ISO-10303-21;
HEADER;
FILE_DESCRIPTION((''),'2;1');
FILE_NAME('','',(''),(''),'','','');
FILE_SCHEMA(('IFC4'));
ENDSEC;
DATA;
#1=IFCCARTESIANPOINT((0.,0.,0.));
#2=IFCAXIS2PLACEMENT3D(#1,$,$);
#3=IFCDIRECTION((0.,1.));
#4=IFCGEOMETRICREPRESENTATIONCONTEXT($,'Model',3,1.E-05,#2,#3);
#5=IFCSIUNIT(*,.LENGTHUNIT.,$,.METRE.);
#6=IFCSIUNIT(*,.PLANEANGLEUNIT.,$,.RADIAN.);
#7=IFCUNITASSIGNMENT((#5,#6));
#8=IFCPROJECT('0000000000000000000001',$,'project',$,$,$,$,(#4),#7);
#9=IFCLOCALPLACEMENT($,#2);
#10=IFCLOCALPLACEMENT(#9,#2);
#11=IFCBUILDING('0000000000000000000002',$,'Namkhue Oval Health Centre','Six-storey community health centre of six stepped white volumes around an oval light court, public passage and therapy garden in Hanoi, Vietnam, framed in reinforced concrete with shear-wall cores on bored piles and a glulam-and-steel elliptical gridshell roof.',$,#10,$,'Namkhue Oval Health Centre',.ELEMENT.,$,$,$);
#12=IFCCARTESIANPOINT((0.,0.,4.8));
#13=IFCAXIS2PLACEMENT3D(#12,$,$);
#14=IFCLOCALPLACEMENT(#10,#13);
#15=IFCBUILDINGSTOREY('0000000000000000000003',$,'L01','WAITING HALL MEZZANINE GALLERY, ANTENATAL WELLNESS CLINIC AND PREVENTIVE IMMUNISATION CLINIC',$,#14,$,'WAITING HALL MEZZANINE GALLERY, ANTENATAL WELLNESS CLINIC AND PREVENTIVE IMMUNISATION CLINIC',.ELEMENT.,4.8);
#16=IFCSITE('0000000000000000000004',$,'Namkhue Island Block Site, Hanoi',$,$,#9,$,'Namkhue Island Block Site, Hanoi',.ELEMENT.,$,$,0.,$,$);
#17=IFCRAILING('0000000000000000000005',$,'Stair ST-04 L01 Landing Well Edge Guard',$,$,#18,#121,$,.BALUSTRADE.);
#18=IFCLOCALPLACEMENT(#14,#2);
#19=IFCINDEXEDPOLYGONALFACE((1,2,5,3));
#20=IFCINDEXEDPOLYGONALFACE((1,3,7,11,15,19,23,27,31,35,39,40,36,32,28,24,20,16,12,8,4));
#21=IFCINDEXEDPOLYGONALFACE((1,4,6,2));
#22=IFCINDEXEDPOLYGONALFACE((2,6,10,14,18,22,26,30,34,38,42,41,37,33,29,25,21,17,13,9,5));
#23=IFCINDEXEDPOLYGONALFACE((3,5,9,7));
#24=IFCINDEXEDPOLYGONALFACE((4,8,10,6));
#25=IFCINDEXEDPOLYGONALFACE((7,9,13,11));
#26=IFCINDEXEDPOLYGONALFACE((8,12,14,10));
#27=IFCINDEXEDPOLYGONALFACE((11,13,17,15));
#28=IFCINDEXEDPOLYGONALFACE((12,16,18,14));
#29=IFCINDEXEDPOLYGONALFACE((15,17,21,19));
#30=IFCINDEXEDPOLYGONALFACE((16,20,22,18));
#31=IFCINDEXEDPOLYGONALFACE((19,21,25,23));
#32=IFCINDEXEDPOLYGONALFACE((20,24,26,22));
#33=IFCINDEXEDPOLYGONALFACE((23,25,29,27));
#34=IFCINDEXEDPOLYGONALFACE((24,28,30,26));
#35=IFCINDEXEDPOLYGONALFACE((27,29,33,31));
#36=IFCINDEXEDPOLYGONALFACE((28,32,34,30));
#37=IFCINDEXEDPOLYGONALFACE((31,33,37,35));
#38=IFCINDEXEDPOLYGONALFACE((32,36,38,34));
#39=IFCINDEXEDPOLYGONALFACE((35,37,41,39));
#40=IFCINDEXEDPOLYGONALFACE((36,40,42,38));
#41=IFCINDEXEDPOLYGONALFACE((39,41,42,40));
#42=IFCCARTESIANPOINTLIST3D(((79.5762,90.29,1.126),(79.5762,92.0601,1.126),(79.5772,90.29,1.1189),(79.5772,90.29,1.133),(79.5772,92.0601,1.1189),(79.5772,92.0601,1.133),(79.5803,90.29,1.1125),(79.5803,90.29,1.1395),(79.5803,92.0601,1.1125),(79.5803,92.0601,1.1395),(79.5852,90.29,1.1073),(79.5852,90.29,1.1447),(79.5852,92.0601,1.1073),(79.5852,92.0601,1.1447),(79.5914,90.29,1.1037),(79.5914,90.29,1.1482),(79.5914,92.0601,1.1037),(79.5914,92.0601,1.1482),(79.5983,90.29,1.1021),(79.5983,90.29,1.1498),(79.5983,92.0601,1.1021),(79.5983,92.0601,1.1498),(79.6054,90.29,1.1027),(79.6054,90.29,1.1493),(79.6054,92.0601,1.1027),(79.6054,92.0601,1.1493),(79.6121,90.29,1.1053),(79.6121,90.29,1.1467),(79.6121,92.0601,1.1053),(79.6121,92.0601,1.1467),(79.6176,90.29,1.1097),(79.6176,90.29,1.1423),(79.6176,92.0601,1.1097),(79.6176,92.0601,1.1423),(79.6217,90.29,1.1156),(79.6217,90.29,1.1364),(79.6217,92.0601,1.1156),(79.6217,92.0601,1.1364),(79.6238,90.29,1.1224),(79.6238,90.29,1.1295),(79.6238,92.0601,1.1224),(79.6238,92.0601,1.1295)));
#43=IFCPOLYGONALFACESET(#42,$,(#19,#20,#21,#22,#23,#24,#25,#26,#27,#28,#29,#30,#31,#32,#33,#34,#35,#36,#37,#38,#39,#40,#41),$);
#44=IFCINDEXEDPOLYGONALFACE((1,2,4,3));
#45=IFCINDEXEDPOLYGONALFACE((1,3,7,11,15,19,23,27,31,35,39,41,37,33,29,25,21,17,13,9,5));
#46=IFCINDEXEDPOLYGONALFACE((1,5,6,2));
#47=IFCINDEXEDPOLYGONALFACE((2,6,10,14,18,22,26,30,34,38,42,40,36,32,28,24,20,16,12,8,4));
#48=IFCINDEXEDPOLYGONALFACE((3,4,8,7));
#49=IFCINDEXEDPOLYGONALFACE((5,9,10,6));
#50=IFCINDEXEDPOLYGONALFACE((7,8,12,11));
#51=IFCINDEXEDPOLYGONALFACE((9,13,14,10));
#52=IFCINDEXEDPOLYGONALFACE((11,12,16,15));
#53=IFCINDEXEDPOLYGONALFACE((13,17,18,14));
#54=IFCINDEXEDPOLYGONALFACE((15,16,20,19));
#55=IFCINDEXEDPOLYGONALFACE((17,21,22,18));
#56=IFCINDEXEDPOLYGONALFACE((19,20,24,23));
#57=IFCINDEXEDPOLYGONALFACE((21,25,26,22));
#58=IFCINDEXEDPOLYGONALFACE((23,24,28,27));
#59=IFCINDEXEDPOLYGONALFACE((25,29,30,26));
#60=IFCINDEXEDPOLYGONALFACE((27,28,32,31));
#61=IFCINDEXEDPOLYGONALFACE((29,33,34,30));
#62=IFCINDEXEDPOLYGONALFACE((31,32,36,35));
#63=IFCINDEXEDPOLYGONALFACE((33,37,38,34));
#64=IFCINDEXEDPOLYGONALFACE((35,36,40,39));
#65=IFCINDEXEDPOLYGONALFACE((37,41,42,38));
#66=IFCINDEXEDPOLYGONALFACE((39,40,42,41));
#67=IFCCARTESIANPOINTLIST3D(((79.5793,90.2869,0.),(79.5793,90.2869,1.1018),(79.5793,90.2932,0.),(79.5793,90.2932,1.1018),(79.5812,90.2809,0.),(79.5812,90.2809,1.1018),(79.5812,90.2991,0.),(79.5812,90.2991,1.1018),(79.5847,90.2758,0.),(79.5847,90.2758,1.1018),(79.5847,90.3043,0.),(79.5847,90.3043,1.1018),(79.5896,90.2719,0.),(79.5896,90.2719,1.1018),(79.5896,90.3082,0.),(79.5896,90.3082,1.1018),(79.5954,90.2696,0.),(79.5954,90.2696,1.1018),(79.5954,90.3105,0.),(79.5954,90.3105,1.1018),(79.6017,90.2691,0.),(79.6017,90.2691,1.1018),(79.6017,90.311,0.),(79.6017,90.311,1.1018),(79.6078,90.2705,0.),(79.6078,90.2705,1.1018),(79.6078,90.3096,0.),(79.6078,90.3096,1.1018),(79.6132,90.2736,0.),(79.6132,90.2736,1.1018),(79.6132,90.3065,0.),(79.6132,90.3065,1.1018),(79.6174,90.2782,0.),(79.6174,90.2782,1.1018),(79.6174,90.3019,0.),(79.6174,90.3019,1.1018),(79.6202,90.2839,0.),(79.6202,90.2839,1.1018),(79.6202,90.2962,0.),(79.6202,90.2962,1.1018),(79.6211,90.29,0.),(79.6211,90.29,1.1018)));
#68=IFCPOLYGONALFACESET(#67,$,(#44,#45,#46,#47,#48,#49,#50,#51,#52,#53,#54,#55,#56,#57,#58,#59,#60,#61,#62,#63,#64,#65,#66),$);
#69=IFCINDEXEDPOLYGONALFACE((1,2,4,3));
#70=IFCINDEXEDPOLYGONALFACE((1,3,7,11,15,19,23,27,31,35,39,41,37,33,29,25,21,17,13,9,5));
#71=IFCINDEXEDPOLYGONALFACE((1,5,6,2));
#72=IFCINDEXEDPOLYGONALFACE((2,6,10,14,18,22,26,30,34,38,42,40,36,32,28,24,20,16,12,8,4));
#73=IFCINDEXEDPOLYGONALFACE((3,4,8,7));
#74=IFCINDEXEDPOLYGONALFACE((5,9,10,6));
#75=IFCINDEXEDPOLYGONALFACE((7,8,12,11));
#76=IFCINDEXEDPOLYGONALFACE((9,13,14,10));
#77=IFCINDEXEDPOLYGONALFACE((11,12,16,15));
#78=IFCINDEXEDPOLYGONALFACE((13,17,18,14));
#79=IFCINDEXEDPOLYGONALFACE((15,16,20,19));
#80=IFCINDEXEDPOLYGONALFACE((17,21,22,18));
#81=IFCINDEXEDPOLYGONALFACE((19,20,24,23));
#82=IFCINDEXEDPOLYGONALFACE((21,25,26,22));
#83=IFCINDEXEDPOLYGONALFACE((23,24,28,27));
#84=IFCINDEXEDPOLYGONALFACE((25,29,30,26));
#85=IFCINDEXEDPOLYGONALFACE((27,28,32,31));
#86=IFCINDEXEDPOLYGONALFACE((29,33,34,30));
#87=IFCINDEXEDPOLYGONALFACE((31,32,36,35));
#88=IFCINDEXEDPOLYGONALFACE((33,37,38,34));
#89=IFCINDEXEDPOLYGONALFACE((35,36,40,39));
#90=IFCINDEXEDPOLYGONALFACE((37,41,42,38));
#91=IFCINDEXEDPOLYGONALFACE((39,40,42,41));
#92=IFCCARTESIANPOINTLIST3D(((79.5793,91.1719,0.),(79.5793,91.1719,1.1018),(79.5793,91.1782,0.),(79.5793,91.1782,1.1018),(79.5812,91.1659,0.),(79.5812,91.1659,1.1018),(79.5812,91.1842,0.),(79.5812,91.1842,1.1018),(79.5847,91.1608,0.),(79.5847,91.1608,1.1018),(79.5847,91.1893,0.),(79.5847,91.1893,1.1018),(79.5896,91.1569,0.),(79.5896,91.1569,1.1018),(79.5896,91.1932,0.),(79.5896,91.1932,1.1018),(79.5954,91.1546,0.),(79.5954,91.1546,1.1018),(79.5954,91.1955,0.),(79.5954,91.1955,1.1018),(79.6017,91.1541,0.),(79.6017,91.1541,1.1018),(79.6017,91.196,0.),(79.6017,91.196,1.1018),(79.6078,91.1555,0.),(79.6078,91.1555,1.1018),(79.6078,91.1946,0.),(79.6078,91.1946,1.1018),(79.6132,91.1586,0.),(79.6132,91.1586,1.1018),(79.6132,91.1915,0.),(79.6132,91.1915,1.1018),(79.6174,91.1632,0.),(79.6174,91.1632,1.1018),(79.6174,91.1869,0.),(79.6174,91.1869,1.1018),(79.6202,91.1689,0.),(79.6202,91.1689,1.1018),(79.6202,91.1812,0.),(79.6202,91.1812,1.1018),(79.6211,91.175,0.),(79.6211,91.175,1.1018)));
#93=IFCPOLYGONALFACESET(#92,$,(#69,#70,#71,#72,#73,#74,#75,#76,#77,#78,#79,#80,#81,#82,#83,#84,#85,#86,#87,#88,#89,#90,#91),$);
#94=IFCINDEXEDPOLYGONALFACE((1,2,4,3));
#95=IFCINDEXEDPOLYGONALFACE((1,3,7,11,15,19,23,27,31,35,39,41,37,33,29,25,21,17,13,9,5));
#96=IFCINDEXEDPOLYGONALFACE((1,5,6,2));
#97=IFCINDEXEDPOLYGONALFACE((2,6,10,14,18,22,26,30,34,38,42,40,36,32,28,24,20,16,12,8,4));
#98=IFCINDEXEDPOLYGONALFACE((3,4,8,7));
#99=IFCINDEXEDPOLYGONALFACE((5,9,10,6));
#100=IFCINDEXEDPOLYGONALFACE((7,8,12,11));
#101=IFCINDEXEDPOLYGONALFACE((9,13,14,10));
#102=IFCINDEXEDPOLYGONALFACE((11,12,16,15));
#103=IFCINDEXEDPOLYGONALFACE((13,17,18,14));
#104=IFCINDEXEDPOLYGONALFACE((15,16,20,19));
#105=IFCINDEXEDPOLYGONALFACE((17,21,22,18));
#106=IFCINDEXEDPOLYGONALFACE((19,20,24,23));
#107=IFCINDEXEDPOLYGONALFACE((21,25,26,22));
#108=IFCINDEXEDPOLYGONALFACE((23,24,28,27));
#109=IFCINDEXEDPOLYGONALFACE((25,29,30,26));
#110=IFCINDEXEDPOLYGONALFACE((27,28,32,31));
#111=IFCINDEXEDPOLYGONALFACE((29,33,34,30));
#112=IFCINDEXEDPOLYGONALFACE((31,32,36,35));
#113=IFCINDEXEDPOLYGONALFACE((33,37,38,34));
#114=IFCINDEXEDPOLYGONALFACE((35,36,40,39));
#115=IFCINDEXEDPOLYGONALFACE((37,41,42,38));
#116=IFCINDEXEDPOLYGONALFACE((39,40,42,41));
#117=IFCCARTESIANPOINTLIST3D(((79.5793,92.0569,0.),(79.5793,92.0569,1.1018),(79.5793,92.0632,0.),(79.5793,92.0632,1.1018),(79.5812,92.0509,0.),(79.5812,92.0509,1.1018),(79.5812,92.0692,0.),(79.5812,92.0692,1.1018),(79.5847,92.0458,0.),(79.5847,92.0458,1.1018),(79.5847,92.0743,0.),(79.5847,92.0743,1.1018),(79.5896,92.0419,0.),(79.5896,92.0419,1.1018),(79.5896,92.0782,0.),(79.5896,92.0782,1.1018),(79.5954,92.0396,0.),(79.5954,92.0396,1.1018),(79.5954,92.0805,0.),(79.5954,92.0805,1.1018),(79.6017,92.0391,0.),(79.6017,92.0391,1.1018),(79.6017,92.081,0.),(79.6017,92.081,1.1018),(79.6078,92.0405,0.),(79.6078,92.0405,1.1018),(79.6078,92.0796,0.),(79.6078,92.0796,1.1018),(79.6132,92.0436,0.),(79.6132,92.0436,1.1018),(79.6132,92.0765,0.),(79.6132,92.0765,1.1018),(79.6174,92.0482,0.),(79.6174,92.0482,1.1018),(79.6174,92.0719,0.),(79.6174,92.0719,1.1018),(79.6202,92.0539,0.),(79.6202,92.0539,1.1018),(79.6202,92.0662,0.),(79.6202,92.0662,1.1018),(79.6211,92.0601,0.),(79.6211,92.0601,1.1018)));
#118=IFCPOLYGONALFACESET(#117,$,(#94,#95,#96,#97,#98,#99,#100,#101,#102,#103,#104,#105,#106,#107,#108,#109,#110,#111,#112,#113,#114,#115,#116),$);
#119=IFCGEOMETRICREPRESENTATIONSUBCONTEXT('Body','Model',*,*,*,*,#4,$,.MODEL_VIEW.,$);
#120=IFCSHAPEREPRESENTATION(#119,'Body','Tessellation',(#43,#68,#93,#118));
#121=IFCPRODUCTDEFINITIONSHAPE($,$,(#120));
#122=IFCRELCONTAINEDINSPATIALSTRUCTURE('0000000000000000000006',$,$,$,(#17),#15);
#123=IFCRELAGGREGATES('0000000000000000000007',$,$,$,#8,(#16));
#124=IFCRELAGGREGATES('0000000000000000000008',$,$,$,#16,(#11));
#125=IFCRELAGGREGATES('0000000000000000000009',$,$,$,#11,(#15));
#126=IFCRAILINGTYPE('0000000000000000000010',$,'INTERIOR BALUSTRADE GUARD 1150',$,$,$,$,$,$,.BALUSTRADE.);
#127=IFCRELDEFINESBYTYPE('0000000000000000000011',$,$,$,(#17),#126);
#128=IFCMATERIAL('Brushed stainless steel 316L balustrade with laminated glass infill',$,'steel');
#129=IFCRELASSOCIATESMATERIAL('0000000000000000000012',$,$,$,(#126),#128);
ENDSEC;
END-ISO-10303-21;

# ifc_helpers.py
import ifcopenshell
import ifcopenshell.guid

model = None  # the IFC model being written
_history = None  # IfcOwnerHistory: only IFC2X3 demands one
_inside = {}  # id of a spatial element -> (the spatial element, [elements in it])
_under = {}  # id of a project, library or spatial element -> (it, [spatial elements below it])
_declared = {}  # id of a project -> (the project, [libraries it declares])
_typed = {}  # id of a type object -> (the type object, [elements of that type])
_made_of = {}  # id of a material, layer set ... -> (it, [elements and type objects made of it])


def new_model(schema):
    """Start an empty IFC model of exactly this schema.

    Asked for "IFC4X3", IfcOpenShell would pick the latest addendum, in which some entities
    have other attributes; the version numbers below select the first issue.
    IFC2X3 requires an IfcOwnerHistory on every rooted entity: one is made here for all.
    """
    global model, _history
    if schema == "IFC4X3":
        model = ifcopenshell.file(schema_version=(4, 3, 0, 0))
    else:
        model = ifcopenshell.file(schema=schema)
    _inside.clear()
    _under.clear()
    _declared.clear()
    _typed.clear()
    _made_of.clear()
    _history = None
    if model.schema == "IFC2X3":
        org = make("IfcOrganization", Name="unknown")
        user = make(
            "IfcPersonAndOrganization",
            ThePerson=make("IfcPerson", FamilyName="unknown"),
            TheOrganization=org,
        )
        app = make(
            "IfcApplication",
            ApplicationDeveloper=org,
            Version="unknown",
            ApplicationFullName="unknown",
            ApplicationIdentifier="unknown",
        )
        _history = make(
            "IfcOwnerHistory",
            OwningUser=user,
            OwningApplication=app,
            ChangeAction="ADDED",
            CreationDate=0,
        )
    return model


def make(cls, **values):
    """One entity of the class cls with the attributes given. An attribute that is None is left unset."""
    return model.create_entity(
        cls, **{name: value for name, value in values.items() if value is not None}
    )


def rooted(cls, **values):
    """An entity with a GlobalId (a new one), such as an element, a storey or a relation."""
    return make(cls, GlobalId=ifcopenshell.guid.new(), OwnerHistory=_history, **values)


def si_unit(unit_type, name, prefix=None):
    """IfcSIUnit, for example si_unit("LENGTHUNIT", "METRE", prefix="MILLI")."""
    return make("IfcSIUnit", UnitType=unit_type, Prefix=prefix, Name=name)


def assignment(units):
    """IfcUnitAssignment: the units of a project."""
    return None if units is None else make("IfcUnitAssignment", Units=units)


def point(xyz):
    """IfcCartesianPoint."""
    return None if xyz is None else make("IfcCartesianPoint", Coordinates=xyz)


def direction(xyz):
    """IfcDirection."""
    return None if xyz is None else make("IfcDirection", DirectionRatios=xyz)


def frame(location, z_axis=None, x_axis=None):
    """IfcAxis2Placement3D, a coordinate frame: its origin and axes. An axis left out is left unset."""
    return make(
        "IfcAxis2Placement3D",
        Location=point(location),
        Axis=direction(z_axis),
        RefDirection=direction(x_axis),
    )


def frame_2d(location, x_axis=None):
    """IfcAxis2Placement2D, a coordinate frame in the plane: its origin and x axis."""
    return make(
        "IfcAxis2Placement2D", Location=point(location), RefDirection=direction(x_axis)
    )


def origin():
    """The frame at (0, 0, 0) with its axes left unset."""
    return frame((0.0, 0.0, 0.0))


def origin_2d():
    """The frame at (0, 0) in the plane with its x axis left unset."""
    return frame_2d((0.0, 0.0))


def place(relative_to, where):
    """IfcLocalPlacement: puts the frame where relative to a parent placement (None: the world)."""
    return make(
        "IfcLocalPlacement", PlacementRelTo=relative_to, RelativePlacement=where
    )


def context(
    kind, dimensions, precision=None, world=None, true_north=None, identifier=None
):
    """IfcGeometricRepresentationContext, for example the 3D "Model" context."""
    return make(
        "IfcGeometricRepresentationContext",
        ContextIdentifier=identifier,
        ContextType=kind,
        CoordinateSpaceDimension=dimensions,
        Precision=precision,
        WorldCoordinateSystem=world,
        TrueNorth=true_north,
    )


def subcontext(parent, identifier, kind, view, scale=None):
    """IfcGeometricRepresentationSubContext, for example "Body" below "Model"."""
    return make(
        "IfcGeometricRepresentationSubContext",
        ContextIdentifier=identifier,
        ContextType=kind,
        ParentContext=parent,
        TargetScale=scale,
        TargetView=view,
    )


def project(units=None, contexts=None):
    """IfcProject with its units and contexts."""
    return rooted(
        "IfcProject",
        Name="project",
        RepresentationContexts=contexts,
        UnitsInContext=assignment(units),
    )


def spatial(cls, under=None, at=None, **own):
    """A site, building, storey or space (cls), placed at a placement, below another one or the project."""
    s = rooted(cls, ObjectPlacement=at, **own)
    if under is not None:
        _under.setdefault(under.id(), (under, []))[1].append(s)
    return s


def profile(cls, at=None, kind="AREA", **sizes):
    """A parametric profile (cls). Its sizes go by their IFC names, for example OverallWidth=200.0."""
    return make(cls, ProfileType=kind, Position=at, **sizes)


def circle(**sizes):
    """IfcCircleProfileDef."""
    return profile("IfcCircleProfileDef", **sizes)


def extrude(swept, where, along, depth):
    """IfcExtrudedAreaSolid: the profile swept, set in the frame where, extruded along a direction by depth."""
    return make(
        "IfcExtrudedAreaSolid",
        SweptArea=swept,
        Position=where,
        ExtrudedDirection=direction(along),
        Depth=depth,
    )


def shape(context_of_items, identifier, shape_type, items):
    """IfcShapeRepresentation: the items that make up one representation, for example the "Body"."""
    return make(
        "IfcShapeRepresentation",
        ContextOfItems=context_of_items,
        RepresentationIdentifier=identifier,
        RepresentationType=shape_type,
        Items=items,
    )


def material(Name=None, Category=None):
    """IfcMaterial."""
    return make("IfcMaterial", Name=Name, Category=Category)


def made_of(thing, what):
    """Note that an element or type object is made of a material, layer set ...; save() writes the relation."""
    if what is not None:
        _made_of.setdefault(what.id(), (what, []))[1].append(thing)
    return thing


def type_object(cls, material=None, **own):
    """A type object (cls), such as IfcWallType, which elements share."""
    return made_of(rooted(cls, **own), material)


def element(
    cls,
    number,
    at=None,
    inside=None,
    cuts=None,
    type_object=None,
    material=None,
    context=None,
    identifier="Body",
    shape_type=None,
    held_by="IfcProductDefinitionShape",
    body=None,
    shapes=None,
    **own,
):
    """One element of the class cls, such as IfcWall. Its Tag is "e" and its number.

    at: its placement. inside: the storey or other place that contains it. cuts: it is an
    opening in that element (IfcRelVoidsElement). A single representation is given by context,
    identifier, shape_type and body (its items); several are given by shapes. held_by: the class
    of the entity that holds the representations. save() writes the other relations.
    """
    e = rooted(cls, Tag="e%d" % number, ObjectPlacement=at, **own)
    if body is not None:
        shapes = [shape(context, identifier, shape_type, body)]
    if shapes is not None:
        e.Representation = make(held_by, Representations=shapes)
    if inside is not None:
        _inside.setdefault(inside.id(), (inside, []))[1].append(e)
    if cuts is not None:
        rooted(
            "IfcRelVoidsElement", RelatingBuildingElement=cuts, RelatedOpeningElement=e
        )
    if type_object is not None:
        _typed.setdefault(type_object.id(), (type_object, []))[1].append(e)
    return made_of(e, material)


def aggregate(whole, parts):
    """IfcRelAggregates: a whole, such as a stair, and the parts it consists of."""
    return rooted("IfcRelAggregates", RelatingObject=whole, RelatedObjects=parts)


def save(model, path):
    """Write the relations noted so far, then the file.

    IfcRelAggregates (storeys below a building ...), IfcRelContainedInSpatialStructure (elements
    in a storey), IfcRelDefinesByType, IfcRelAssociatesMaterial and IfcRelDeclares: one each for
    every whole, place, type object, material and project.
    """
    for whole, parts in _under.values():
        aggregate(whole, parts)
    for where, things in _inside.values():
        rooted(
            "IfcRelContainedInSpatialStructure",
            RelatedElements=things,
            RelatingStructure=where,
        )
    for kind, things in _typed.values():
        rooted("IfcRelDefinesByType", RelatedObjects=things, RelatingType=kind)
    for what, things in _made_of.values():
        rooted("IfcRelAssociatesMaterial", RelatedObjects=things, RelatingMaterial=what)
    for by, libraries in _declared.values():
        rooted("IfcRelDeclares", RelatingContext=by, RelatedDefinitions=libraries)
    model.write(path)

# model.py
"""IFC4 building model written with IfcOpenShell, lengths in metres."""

from ifc_helpers import new_model, si_unit, direction, frame, origin, origin_2d, place, context, subcontext, project, spatial, circle, extrude, material, type_object, element, save


model = new_model("IFC4")

# Units and contexts
model_context = context("Model", 3, precision=1e-05, world=origin(), true_north=direction((0.0, 1.0)))
body_context = subcontext(model_context, "Body", "Model", "MODEL_VIEW")
ifc_project = project(units=[si_unit("LENGTHUNIT", "METRE"), si_unit("PLANEANGLEUNIT", "RADIAN")], contexts=[model_context])

# Site, building, storey
site_placement = place(None, origin())
site = spatial("IfcSite", under=ifc_project, at=site_placement, Name="Namkhue Island Block Site, Hanoi", LongName="Namkhue Island Block Site, Hanoi", CompositionType="ELEMENT", RefElevation=0.0)
building_placement = place(site_placement, origin())
building = spatial("IfcBuilding", under=site, at=building_placement, Name="Namkhue Oval Health Centre", Description="Six-storey community health centre of six stepped white volumes around an oval light court, public passage and therapy garden in Hanoi, Vietnam, framed in reinforced concrete with shear-wall cores on bored piles and a glulam-and-steel elliptical gridshell roof.", LongName="Namkhue Oval Health Centre", CompositionType="ELEMENT")
storey_placement = place(building_placement, frame((0.0, 0.0, 4.8)))
storey = spatial("IfcBuildingStorey", under=building, at=storey_placement, Name="L01", Description="WAITING HALL MEZZANINE GALLERY, ANTENATAL WELLNESS CLINIC AND PREVENTIVE IMMUNISATION CLINIC", LongName="WAITING HALL MEZZANINE GALLERY, ANTENATAL WELLNESS CLINIC AND PREVENTIVE IMMUNISATION CLINIC", CompositionType="ELEMENT", Elevation=4.8)

# Railing
ifc_material_1 = material(Name="Brushed stainless steel 316L balustrade with laminated glass infill", Category="steel")
railing_type_1 = type_object("IfcRailingType", Name="INTERIOR BALUSTRADE GUARD 1150", PredefinedType="BALUSTRADE", material=ifc_material_1)
railing_1_placement = place(storey_placement, frame((79.6001, 90.29, 0.0)))
element("IfcRailing", 1, at=railing_1_placement, inside=storey, type_object=railing_type_1, Name="Stair ST-04 L01 Landing Well Edge Guard", PredefinedType="BALUSTRADE", context=body_context, shape_type="SweptSolid", body=[
    extrude(circle(Radius=0.0239, at=origin_2d()), frame((0.0, 0.0, 1.126), z_axis=(0.0, 1.0, 0.0), x_axis=(-1.0, 0.0, 0.0)), (0.0, 0.0, 1.0), 1.77),
    extrude(circle(Radius=0.021, at=origin_2d()), origin(), (0.0, 0.0, 1.0), 1.1018),
    extrude(circle(Radius=0.021, at=origin_2d()), frame((0.0, 0.885, 0.0)), (0.0, 0.0, 1.0), 1.1018),
    extrude(circle(Radius=0.021, at=origin_2d()), frame((0.0, 1.77, 0.0)), (0.0, 0.0, 1.0), 1.1018),
])

save(model, "model.ifc")
